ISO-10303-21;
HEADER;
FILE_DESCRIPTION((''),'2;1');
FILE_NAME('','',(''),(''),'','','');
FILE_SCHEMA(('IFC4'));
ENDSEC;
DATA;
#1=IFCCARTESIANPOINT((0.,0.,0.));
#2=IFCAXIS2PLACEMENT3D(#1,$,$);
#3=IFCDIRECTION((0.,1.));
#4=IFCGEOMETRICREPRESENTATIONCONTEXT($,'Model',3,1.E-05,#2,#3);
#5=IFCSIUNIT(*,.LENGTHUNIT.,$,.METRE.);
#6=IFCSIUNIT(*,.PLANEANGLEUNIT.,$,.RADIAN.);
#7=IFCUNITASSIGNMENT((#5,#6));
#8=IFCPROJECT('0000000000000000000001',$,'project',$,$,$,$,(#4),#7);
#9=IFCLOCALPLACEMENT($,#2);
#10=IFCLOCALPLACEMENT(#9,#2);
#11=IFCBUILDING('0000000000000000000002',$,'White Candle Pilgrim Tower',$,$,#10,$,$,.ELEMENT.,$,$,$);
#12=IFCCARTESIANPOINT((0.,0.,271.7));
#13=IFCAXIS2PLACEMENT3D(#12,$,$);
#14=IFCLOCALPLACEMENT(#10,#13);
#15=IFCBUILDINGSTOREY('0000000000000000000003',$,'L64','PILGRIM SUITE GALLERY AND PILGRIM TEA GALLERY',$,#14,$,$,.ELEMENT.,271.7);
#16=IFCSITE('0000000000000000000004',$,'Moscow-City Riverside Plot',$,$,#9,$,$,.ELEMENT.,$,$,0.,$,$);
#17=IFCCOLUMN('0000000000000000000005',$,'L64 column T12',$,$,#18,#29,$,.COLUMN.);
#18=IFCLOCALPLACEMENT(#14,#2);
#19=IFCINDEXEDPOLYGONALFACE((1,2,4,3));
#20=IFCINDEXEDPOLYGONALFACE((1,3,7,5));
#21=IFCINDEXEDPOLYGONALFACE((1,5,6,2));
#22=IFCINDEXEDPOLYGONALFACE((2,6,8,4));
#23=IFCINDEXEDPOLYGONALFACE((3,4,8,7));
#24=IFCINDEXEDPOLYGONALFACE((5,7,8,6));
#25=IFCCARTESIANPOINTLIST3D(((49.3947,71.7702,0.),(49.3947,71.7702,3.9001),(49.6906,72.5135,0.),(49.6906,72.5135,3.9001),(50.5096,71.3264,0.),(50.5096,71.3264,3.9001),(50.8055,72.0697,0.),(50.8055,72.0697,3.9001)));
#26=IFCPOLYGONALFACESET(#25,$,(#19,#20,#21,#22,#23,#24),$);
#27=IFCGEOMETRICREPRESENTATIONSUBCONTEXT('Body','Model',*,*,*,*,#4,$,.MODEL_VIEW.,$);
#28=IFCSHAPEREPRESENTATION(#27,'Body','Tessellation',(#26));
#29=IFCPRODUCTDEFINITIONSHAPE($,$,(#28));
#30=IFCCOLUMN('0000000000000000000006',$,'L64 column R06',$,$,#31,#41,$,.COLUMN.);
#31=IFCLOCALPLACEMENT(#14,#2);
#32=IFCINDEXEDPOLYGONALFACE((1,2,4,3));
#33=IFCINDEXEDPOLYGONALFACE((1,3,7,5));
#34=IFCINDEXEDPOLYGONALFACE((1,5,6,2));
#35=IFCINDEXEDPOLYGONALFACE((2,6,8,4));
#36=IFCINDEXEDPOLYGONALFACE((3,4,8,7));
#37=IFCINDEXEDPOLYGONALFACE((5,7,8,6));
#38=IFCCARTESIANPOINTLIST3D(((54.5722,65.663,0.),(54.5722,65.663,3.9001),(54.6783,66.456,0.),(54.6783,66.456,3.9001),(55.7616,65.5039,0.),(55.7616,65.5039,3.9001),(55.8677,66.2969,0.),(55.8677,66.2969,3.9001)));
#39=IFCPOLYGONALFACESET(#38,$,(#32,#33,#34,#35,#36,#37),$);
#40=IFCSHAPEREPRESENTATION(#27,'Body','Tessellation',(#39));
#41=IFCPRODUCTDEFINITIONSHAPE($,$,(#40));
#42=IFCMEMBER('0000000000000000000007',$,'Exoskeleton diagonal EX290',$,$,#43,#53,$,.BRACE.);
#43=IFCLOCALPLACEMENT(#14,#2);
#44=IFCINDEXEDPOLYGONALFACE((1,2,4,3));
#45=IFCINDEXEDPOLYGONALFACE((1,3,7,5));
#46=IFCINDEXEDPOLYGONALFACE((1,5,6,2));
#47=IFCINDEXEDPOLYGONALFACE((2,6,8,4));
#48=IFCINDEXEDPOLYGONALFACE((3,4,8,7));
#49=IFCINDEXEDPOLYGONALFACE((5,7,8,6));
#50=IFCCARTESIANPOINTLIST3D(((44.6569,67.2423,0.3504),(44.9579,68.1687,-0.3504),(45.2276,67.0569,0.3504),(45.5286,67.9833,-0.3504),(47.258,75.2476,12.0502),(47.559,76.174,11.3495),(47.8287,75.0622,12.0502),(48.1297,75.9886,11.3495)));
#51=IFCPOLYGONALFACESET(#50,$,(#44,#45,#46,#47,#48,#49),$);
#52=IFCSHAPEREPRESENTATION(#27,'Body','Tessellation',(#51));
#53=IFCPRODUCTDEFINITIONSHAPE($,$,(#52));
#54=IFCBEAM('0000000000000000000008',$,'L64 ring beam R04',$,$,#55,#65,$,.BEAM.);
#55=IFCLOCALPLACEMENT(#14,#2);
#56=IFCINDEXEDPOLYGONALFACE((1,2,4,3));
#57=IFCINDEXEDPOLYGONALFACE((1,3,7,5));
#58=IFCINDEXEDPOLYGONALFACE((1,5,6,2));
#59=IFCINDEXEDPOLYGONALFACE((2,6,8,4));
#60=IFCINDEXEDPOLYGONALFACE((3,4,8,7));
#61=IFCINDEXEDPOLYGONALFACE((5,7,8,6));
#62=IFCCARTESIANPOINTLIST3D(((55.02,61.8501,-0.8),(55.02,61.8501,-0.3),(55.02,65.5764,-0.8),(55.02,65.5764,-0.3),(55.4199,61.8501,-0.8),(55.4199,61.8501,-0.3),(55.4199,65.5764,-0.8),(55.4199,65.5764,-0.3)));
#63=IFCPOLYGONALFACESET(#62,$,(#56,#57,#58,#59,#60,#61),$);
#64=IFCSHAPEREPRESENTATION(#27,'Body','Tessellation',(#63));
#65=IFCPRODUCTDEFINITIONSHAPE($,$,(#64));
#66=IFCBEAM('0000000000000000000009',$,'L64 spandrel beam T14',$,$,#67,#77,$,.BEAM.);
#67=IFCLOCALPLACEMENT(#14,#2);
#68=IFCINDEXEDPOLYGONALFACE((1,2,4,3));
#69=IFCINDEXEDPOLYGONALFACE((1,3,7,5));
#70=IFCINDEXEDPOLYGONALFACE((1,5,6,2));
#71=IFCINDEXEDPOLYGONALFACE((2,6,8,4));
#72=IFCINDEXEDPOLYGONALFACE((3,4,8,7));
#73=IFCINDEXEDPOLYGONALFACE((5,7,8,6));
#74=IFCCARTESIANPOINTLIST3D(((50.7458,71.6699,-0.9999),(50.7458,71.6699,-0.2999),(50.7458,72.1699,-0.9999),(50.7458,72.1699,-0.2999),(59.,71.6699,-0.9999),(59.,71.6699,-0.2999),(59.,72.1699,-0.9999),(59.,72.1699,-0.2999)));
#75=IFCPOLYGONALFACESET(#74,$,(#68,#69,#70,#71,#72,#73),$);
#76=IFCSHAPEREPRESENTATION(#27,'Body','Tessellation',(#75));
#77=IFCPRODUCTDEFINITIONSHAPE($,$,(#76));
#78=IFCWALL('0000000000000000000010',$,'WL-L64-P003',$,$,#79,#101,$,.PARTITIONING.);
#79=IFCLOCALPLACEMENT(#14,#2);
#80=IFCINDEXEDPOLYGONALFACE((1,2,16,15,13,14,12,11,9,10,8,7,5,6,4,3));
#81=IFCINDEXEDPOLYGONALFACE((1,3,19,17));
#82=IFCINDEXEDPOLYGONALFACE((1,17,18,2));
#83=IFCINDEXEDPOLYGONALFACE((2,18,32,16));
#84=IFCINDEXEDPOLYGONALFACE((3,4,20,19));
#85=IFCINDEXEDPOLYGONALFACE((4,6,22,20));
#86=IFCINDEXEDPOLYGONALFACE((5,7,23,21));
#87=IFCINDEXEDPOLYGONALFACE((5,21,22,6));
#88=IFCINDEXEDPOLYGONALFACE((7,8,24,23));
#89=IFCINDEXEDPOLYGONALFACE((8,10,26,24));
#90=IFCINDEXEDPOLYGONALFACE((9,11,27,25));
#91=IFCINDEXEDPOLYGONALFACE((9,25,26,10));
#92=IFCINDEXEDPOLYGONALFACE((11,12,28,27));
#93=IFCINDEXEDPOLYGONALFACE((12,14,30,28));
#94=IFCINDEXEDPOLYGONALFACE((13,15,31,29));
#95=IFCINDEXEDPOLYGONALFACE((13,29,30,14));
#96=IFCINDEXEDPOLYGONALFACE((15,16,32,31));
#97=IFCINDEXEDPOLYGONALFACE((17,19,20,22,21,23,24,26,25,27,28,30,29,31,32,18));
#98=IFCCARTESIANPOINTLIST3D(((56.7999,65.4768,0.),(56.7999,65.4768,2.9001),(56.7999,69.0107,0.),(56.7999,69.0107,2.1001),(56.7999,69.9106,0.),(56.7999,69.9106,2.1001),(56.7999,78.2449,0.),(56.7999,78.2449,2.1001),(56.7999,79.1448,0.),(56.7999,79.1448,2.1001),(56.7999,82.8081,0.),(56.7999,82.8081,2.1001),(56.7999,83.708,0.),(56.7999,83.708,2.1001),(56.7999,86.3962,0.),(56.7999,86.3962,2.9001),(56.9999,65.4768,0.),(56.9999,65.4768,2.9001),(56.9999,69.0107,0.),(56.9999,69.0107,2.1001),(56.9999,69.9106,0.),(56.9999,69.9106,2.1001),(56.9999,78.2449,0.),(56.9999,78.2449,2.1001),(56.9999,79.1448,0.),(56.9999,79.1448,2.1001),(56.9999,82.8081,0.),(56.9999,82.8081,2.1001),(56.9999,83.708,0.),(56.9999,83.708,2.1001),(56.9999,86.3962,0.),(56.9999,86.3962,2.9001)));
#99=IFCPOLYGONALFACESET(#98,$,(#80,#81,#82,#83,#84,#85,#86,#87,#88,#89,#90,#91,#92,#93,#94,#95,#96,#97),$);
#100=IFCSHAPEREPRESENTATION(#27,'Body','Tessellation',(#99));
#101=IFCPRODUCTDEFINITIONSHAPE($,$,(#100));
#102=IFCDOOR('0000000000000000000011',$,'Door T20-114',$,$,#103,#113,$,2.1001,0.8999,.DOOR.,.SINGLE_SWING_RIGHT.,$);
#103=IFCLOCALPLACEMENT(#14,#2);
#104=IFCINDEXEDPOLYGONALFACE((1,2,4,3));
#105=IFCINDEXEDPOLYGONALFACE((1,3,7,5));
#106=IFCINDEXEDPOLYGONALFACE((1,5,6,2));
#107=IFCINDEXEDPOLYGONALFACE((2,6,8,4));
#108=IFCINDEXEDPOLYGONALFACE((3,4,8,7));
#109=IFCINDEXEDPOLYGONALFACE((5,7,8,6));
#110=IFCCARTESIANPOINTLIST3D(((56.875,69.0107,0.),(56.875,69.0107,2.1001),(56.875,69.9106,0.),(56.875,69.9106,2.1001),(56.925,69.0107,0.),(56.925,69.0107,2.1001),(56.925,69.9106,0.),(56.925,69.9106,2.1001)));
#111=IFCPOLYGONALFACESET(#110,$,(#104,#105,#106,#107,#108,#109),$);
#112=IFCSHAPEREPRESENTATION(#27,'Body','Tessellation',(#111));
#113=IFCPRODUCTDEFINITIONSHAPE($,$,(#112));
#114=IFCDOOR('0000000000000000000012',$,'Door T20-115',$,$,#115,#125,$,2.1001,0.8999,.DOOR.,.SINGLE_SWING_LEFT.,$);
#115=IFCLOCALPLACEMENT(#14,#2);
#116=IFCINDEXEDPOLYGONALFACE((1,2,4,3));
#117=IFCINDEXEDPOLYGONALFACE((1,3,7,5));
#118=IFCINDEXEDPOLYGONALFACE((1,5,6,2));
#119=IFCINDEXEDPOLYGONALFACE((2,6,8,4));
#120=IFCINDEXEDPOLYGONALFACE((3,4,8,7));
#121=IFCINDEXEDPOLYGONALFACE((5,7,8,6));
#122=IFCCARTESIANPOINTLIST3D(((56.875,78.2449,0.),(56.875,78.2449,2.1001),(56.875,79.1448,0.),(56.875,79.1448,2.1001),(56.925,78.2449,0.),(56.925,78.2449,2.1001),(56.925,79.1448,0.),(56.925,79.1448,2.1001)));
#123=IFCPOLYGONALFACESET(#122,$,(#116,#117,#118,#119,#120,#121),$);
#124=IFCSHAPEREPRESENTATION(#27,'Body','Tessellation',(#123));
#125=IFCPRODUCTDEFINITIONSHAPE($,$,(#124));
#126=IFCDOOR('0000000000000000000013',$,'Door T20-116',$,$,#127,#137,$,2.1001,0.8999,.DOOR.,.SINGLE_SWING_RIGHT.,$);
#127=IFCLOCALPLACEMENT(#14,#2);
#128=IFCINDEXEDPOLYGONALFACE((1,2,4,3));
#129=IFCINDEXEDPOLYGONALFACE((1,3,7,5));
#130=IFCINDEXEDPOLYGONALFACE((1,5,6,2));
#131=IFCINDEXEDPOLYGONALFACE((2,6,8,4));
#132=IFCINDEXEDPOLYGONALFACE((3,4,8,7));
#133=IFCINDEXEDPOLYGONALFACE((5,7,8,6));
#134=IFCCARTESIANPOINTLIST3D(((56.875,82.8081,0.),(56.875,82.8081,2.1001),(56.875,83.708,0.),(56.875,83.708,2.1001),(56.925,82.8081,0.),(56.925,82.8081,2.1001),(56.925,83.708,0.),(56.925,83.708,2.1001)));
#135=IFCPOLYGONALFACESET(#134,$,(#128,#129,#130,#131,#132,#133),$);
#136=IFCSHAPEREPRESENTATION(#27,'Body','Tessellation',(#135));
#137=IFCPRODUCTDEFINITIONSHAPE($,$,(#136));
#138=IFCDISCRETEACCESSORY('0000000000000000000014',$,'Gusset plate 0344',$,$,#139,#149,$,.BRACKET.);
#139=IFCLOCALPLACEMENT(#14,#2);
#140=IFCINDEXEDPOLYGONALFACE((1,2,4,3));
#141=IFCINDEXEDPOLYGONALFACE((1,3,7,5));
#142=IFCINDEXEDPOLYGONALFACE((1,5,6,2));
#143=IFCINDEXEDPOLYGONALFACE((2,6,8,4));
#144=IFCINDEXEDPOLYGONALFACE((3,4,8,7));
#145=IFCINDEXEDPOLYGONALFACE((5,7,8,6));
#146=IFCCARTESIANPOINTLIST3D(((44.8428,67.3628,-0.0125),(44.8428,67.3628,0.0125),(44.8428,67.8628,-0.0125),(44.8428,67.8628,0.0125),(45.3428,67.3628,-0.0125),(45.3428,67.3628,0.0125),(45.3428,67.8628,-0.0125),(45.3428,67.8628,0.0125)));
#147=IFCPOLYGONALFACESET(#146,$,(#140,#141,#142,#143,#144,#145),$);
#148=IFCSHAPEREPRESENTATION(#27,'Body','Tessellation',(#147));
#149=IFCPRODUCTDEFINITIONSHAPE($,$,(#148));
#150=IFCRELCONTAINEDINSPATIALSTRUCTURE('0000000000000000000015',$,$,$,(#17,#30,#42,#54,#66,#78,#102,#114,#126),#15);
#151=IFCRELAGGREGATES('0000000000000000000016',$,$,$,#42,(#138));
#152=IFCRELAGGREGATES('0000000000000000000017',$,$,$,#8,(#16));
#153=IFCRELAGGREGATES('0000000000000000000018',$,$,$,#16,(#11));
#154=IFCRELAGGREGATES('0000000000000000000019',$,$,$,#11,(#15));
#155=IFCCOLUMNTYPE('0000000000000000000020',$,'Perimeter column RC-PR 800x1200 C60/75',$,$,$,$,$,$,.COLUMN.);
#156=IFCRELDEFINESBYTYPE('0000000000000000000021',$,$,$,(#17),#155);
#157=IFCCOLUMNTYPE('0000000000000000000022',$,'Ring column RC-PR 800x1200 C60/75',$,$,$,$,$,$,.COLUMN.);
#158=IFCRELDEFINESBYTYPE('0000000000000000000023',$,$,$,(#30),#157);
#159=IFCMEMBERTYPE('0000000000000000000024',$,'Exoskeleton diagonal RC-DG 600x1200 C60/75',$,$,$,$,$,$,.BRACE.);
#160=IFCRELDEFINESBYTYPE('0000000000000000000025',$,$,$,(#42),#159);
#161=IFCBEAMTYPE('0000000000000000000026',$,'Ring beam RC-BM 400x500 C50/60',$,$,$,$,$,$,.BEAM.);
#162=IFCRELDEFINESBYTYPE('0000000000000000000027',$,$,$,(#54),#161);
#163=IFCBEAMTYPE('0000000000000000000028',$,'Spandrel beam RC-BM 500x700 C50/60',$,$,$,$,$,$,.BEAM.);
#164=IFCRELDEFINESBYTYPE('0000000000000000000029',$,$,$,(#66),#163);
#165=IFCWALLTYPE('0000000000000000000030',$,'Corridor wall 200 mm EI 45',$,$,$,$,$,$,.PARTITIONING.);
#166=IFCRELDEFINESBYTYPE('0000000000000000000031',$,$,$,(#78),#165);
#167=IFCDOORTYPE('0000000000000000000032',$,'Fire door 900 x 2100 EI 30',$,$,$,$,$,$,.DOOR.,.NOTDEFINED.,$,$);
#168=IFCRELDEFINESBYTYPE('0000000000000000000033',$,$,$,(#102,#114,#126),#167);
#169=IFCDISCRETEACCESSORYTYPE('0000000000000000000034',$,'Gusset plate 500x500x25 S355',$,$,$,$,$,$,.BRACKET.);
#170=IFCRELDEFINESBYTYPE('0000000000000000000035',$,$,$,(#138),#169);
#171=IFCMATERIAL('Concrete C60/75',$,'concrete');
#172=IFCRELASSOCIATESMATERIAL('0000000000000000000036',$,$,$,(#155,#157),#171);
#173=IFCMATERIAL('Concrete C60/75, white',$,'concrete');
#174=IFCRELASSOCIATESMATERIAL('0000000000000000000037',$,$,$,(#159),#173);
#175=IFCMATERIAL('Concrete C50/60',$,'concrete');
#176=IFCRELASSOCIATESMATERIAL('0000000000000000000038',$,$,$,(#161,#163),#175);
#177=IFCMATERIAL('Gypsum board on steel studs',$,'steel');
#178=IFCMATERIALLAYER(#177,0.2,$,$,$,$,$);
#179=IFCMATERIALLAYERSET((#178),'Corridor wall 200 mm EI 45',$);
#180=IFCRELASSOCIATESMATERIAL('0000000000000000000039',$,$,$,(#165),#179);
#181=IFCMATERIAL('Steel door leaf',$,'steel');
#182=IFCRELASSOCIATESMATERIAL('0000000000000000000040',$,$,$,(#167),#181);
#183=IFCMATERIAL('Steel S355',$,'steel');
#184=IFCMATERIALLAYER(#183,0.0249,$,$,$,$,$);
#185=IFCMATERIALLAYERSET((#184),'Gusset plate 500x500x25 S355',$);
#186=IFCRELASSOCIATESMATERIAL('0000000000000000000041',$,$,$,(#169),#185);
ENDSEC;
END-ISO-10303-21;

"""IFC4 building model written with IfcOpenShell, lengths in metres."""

from ifc_helpers import new_model, si_unit, direction, frame, frame_2d, origin, origin_2d, place, context, subcontext, project, spatial, rectangle, extrude, material, layer, layer_set, material_profile, profile_set, type_object, element, fill, aggregate, save


model = new_model("IFC4")

# Units and contexts
model_context = context("Model", 3, precision=1e-05, world=origin(), true_north=direction((0.0, 1.0)))
body_context = subcontext(model_context, "Body", "Model", "MODEL_VIEW")
ifc_project = project(units=[si_unit("LENGTHUNIT", "METRE"), si_unit("PLANEANGLEUNIT", "RADIAN")], contexts=[model_context])

# Site, building, storey
site_placement = place(None, origin())
site = spatial("IfcSite", under=ifc_project, at=site_placement, Name="Moscow-City Riverside Plot", CompositionType="ELEMENT", RefElevation=0.0)
building_placement = place(site_placement, origin())
building = spatial("IfcBuilding", under=site, at=building_placement, Name="White Candle Pilgrim Tower", CompositionType="ELEMENT")
storey_placement = place(building_placement, frame((0.0, 0.0, 271.7)))
storey = spatial("IfcBuildingStorey", under=building, at=storey_placement, Name="L64", Description="PILGRIM SUITE GALLERY AND PILGRIM TEA GALLERY", CompositionType="ELEMENT", Elevation=271.7)

# Columns
ifc_material_1 = material(Name="Concrete C60/75", Category="concrete")
ifc_material_profile_1 = material_profile(ifc_material_1, rectangle(XDim=0.8, YDim=1.2, at=origin_2d()), Name="RC-PR 800x1200")
ifc_profile_set_1 = profile_set([ifc_material_profile_1], Name="Concrete C60/75")
column_type_1 = type_object("IfcColumnType", Name="Perimeter column RC-PR 800x1200 C60/75", PredefinedType="COLUMN", material=ifc_profile_set_1)
column_1_placement = place(storey_placement, frame((50.1001, 71.9199, 0.0), z_axis=(0.0, 0.0, 1.0), x_axis=(0.36986, 0.929087, 0.0)))
element("IfcColumn", 1, at=column_1_placement, inside=storey, type_object=column_type_1, Name="L64 column T12", PredefinedType="COLUMN", context=body_context, shape_type="SweptSolid", body=[
    extrude(rectangle(XDim=0.8, YDim=1.2, at=origin_2d()), origin(), (0.0, 0.0, 1.0), 3.9001),
])
ifc_material_profile_2 = material_profile(ifc_material_1, rectangle(XDim=0.8, YDim=1.2, at=origin_2d()), Name="RC-PR 800x1200")
ifc_profile_set_2 = profile_set([ifc_material_profile_2], Name="Concrete C60/75")
column_type_2 = type_object("IfcColumnType", Name="Ring column RC-PR 800x1200 C60/75", PredefinedType="COLUMN", material=ifc_profile_set_2)
column_2_placement = place(storey_placement, frame((55.22, 65.98, 0.0), z_axis=(0.0, 0.0, 1.0), x_axis=(0.132602, 0.991169, 0.0)))
element("IfcColumn", 2, at=column_2_placement, inside=storey, type_object=column_type_2, Name="L64 column R06", PredefinedType="COLUMN", context=body_context, shape_type="SweptSolid", body=[
    extrude(rectangle(XDim=0.8, YDim=1.2, at=origin_2d()), origin(), (0.0, 0.0, 1.0), 3.9001),
])

# Member
ifc_material_2 = material(Name="Concrete C60/75, white", Category="concrete")
ifc_material_profile_3 = material_profile(ifc_material_2, rectangle(XDim=0.6001, YDim=1.2, at=origin_2d()), Name="RC-DG 600x1200")
ifc_profile_set_3 = profile_set([ifc_material_profile_3], Name="Concrete C60/75, white")
member_type = type_object("IfcMemberType", Name="Exoskeleton diagonal RC-DG 600x1200 C60/75", PredefinedType="BRACE", material=ifc_profile_set_3)
member_placement = place(storey_placement, frame((45.0928, 67.6128, 0.0), z_axis=(0.180465, 0.555419, 0.811752), x_axis=(-0.951058, 0.309014, 0.0)))
member = element("IfcMember", 3, at=member_placement, inside=storey, type_object=member_type, Name="Exoskeleton diagonal EX290", PredefinedType="BRACE", context=body_context, shape_type="SweptSolid", body=[
    extrude(rectangle(XDim=0.6001, YDim=1.2, at=origin_2d()), origin(), (0.0, 0.0, 1.0), 14.4131),
])

# Beams
ifc_material_3 = material(Name="Concrete C50/60", Category="concrete")
ifc_material_profile_4 = material_profile(ifc_material_3, rectangle(XDim=0.3999, YDim=0.5, at=origin_2d()), Name="RC-BM 400x500")
ifc_profile_set_4 = profile_set([ifc_material_profile_4], Name="Concrete C50/60")
beam_type_1 = type_object("IfcBeamType", Name="Ring beam RC-BM 400x500 C50/60", PredefinedType="BEAM", material=ifc_profile_set_4)
beam_1_placement = place(storey_placement, frame((55.22, 65.5764, -0.55), z_axis=(0.0, -1.0, 0.0), x_axis=(1.0, 0.0, 0.0)))
element("IfcBeam", 4, at=beam_1_placement, inside=storey, type_object=beam_type_1, Name="L64 ring beam R04", PredefinedType="BEAM", context=body_context, shape_type="SweptSolid", body=[
    extrude(rectangle(XDim=0.3999, YDim=0.5, at=origin_2d()), origin(), (0.0, 0.0, 1.0), 3.7263),
])
ifc_material_profile_5 = material_profile(ifc_material_3, rectangle(XDim=0.5, YDim=0.7, at=origin_2d()), Name="RC-BM 500x700")
ifc_profile_set_5 = profile_set([ifc_material_profile_5], Name="Concrete C50/60")
beam_type_2 = type_object("IfcBeamType", Name="Spandrel beam RC-BM 500x700 C50/60", PredefinedType="BEAM", material=ifc_profile_set_5)
beam_2_placement = place(storey_placement, frame((50.7458, 71.9199, -0.6499), z_axis=(1.0, 0.0, 0.0), x_axis=(0.0, 1.0, 0.0)))
element("IfcBeam", 5, at=beam_2_placement, inside=storey, type_object=beam_type_2, Name="L64 spandrel beam T14", PredefinedType="BEAM", context=body_context, shape_type="SweptSolid", body=[
    extrude(rectangle(XDim=0.5, YDim=0.7, at=origin_2d()), origin(), (0.0, 0.0, 1.0), 8.2542),
])

# Wall, openings, doors
ifc_material_4 = material(Name="Gypsum board on steel studs", Category="steel")
ifc_layer_1 = layer(ifc_material_4, 0.2)
ifc_layer_set_1 = layer_set([ifc_layer_1], Name="Corridor wall 200 mm EI 45")
wall_type_1 = type_object("IfcWallType", Name="Corridor wall 200 mm EI 45", PredefinedType="PARTITIONING", material=ifc_layer_set_1)
wall_1_placement = place(storey_placement, frame((56.8999, 65.4768, 0.0), z_axis=(0.0, 0.0, 1.0), x_axis=(0.0, 1.0, 0.0)))
wall_1 = element("IfcWall", 6, at=wall_1_placement, inside=storey, type_object=wall_type_1, Name="WL-L64-P003", PredefinedType="PARTITIONING", context=body_context, shape_type="SweptSolid", body=[
    extrude(rectangle(XDim=20.9194, YDim=0.2, at=frame_2d((10.4597, 0.0))), origin(), (0.0, 0.0, 1.0), 2.9001),
])
opening_1_placement = place(wall_1_placement, frame((3.5339, 0.0, 0.0)))
opening_1 = element("IfcOpeningElement", 7, at=opening_1_placement, cuts=wall_1, PredefinedType="OPENING", context=body_context, shape_type="SweptSolid", body=[
    extrude(rectangle(XDim=0.8999, YDim=2.1001, at=frame_2d((0.45, 1.05))), frame((0.0, 0.1099, 0.0), z_axis=(0.0, -1.0, 0.0), x_axis=(1.0, 0.0, 0.0)), (0.0, 0.0, 1.0), 0.22),
])
opening_2_placement = place(wall_1_placement, frame((12.7681, 0.0, 0.0)))
opening_2 = element("IfcOpeningElement", 8, at=opening_2_placement, cuts=wall_1, PredefinedType="OPENING", context=body_context, shape_type="SweptSolid", body=[
    extrude(rectangle(XDim=0.8999, YDim=2.1001, at=frame_2d((0.45, 1.05))), frame((0.0, 0.1099, 0.0), z_axis=(0.0, -1.0, 0.0), x_axis=(1.0, 0.0, 0.0)), (0.0, 0.0, 1.0), 0.22),
])
opening_3_placement = place(wall_1_placement, frame((17.3313, 0.0, 0.0)))
opening_3 = element("IfcOpeningElement", 9, at=opening_3_placement, cuts=wall_1, PredefinedType="OPENING", context=body_context, shape_type="SweptSolid", body=[
    extrude(rectangle(XDim=0.8999, YDim=2.1001, at=frame_2d((0.45, 1.05))), frame((0.0, 0.1099, 0.0), z_axis=(0.0, -1.0, 0.0), x_axis=(1.0, 0.0, 0.0)), (0.0, 0.0, 1.0), 0.22),
])
ifc_material_5 = material(Name="Steel door leaf", Category="steel")
door_type_1 = type_object("IfcDoorType", Name="Fire door 900 x 2100 EI 30", OperationType="NOTDEFINED", PredefinedType="DOOR", material=ifc_material_5)
door_1_placement = place(opening_1_placement, origin())
door_1 = element("IfcDoor", 10, at=door_1_placement, inside=storey, type_object=door_type_1, Name="Door T20-114", OperationType="SINGLE_SWING_RIGHT", OverallHeight=2.1001, OverallWidth=0.8999, PredefinedType="DOOR", context=body_context, shape_type="SweptSolid", body=[
    extrude(rectangle(XDim=0.8999, YDim=2.1001, at=frame_2d((0.45, 1.05))), frame((0.0, 0.0249, 0.0), z_axis=(0.0, -1.0, 0.0), x_axis=(1.0, 0.0, 0.0)), (0.0, 0.0, 1.0), 0.05),
])
fill(opening_1, door_1)
door_2_placement = place(opening_2_placement, origin())
door_2 = element("IfcDoor", 11, at=door_2_placement, inside=storey, type_object=door_type_1, Name="Door T20-115", OperationType="SINGLE_SWING_LEFT", OverallHeight=2.1001, OverallWidth=0.8999, PredefinedType="DOOR", context=body_context, shape_type="SweptSolid", body=[
    extrude(rectangle(XDim=0.8999, YDim=2.1001, at=frame_2d((0.45, 1.05))), frame((0.0, 0.0249, 0.0), z_axis=(0.0, -1.0, 0.0), x_axis=(1.0, 0.0, 0.0)), (0.0, 0.0, 1.0), 0.05),
])
fill(opening_2, door_2)
door_3_placement = place(opening_3_placement, origin())
door_3 = element("IfcDoor", 12, at=door_3_placement, inside=storey, type_object=door_type_1, Name="Door T20-116", OperationType="SINGLE_SWING_RIGHT", OverallHeight=2.1001, OverallWidth=0.8999, PredefinedType="DOOR", context=body_context, shape_type="SweptSolid", body=[
    extrude(rectangle(XDim=0.8999, YDim=2.1001, at=frame_2d((0.45, 1.05))), frame((0.0, 0.0249, 0.0), z_axis=(0.0, -1.0, 0.0), x_axis=(1.0, 0.0, 0.0)), (0.0, 0.0, 1.0), 0.05),
])
fill(opening_3, door_3)

# Discrete accessory
ifc_material_6 = material(Name="Steel S355", Category="steel")
ifc_layer_2 = layer(ifc_material_6, 0.0249)
ifc_layer_set_2 = layer_set([ifc_layer_2], Name="Gusset plate 500x500x25 S355")
discrete_accessory_type = type_object("IfcDiscreteAccessoryType", Name="Gusset plate 500x500x25 S355", PredefinedType="BRACKET", material=ifc_layer_set_2)
discrete_accessory_placement = place(storey_placement, frame((45.0928, 67.6128, -0.0125), z_axis=(0.0, 0.0, 1.0), x_axis=(1.0, 0.0, 0.0)))
discrete_accessory = element("IfcDiscreteAccessory", 13, at=discrete_accessory_placement, type_object=discrete_accessory_type, Name="Gusset plate 0344", PredefinedType="BRACKET", context=body_context, shape_type="SweptSolid", body=[
    extrude(rectangle(XDim=0.5, YDim=0.5, at=origin_2d()), origin(), (0.0, 0.0, 1.0), 0.0249),
])
aggregate(member, [discrete_accessory])

save(model, "model.ifc")
